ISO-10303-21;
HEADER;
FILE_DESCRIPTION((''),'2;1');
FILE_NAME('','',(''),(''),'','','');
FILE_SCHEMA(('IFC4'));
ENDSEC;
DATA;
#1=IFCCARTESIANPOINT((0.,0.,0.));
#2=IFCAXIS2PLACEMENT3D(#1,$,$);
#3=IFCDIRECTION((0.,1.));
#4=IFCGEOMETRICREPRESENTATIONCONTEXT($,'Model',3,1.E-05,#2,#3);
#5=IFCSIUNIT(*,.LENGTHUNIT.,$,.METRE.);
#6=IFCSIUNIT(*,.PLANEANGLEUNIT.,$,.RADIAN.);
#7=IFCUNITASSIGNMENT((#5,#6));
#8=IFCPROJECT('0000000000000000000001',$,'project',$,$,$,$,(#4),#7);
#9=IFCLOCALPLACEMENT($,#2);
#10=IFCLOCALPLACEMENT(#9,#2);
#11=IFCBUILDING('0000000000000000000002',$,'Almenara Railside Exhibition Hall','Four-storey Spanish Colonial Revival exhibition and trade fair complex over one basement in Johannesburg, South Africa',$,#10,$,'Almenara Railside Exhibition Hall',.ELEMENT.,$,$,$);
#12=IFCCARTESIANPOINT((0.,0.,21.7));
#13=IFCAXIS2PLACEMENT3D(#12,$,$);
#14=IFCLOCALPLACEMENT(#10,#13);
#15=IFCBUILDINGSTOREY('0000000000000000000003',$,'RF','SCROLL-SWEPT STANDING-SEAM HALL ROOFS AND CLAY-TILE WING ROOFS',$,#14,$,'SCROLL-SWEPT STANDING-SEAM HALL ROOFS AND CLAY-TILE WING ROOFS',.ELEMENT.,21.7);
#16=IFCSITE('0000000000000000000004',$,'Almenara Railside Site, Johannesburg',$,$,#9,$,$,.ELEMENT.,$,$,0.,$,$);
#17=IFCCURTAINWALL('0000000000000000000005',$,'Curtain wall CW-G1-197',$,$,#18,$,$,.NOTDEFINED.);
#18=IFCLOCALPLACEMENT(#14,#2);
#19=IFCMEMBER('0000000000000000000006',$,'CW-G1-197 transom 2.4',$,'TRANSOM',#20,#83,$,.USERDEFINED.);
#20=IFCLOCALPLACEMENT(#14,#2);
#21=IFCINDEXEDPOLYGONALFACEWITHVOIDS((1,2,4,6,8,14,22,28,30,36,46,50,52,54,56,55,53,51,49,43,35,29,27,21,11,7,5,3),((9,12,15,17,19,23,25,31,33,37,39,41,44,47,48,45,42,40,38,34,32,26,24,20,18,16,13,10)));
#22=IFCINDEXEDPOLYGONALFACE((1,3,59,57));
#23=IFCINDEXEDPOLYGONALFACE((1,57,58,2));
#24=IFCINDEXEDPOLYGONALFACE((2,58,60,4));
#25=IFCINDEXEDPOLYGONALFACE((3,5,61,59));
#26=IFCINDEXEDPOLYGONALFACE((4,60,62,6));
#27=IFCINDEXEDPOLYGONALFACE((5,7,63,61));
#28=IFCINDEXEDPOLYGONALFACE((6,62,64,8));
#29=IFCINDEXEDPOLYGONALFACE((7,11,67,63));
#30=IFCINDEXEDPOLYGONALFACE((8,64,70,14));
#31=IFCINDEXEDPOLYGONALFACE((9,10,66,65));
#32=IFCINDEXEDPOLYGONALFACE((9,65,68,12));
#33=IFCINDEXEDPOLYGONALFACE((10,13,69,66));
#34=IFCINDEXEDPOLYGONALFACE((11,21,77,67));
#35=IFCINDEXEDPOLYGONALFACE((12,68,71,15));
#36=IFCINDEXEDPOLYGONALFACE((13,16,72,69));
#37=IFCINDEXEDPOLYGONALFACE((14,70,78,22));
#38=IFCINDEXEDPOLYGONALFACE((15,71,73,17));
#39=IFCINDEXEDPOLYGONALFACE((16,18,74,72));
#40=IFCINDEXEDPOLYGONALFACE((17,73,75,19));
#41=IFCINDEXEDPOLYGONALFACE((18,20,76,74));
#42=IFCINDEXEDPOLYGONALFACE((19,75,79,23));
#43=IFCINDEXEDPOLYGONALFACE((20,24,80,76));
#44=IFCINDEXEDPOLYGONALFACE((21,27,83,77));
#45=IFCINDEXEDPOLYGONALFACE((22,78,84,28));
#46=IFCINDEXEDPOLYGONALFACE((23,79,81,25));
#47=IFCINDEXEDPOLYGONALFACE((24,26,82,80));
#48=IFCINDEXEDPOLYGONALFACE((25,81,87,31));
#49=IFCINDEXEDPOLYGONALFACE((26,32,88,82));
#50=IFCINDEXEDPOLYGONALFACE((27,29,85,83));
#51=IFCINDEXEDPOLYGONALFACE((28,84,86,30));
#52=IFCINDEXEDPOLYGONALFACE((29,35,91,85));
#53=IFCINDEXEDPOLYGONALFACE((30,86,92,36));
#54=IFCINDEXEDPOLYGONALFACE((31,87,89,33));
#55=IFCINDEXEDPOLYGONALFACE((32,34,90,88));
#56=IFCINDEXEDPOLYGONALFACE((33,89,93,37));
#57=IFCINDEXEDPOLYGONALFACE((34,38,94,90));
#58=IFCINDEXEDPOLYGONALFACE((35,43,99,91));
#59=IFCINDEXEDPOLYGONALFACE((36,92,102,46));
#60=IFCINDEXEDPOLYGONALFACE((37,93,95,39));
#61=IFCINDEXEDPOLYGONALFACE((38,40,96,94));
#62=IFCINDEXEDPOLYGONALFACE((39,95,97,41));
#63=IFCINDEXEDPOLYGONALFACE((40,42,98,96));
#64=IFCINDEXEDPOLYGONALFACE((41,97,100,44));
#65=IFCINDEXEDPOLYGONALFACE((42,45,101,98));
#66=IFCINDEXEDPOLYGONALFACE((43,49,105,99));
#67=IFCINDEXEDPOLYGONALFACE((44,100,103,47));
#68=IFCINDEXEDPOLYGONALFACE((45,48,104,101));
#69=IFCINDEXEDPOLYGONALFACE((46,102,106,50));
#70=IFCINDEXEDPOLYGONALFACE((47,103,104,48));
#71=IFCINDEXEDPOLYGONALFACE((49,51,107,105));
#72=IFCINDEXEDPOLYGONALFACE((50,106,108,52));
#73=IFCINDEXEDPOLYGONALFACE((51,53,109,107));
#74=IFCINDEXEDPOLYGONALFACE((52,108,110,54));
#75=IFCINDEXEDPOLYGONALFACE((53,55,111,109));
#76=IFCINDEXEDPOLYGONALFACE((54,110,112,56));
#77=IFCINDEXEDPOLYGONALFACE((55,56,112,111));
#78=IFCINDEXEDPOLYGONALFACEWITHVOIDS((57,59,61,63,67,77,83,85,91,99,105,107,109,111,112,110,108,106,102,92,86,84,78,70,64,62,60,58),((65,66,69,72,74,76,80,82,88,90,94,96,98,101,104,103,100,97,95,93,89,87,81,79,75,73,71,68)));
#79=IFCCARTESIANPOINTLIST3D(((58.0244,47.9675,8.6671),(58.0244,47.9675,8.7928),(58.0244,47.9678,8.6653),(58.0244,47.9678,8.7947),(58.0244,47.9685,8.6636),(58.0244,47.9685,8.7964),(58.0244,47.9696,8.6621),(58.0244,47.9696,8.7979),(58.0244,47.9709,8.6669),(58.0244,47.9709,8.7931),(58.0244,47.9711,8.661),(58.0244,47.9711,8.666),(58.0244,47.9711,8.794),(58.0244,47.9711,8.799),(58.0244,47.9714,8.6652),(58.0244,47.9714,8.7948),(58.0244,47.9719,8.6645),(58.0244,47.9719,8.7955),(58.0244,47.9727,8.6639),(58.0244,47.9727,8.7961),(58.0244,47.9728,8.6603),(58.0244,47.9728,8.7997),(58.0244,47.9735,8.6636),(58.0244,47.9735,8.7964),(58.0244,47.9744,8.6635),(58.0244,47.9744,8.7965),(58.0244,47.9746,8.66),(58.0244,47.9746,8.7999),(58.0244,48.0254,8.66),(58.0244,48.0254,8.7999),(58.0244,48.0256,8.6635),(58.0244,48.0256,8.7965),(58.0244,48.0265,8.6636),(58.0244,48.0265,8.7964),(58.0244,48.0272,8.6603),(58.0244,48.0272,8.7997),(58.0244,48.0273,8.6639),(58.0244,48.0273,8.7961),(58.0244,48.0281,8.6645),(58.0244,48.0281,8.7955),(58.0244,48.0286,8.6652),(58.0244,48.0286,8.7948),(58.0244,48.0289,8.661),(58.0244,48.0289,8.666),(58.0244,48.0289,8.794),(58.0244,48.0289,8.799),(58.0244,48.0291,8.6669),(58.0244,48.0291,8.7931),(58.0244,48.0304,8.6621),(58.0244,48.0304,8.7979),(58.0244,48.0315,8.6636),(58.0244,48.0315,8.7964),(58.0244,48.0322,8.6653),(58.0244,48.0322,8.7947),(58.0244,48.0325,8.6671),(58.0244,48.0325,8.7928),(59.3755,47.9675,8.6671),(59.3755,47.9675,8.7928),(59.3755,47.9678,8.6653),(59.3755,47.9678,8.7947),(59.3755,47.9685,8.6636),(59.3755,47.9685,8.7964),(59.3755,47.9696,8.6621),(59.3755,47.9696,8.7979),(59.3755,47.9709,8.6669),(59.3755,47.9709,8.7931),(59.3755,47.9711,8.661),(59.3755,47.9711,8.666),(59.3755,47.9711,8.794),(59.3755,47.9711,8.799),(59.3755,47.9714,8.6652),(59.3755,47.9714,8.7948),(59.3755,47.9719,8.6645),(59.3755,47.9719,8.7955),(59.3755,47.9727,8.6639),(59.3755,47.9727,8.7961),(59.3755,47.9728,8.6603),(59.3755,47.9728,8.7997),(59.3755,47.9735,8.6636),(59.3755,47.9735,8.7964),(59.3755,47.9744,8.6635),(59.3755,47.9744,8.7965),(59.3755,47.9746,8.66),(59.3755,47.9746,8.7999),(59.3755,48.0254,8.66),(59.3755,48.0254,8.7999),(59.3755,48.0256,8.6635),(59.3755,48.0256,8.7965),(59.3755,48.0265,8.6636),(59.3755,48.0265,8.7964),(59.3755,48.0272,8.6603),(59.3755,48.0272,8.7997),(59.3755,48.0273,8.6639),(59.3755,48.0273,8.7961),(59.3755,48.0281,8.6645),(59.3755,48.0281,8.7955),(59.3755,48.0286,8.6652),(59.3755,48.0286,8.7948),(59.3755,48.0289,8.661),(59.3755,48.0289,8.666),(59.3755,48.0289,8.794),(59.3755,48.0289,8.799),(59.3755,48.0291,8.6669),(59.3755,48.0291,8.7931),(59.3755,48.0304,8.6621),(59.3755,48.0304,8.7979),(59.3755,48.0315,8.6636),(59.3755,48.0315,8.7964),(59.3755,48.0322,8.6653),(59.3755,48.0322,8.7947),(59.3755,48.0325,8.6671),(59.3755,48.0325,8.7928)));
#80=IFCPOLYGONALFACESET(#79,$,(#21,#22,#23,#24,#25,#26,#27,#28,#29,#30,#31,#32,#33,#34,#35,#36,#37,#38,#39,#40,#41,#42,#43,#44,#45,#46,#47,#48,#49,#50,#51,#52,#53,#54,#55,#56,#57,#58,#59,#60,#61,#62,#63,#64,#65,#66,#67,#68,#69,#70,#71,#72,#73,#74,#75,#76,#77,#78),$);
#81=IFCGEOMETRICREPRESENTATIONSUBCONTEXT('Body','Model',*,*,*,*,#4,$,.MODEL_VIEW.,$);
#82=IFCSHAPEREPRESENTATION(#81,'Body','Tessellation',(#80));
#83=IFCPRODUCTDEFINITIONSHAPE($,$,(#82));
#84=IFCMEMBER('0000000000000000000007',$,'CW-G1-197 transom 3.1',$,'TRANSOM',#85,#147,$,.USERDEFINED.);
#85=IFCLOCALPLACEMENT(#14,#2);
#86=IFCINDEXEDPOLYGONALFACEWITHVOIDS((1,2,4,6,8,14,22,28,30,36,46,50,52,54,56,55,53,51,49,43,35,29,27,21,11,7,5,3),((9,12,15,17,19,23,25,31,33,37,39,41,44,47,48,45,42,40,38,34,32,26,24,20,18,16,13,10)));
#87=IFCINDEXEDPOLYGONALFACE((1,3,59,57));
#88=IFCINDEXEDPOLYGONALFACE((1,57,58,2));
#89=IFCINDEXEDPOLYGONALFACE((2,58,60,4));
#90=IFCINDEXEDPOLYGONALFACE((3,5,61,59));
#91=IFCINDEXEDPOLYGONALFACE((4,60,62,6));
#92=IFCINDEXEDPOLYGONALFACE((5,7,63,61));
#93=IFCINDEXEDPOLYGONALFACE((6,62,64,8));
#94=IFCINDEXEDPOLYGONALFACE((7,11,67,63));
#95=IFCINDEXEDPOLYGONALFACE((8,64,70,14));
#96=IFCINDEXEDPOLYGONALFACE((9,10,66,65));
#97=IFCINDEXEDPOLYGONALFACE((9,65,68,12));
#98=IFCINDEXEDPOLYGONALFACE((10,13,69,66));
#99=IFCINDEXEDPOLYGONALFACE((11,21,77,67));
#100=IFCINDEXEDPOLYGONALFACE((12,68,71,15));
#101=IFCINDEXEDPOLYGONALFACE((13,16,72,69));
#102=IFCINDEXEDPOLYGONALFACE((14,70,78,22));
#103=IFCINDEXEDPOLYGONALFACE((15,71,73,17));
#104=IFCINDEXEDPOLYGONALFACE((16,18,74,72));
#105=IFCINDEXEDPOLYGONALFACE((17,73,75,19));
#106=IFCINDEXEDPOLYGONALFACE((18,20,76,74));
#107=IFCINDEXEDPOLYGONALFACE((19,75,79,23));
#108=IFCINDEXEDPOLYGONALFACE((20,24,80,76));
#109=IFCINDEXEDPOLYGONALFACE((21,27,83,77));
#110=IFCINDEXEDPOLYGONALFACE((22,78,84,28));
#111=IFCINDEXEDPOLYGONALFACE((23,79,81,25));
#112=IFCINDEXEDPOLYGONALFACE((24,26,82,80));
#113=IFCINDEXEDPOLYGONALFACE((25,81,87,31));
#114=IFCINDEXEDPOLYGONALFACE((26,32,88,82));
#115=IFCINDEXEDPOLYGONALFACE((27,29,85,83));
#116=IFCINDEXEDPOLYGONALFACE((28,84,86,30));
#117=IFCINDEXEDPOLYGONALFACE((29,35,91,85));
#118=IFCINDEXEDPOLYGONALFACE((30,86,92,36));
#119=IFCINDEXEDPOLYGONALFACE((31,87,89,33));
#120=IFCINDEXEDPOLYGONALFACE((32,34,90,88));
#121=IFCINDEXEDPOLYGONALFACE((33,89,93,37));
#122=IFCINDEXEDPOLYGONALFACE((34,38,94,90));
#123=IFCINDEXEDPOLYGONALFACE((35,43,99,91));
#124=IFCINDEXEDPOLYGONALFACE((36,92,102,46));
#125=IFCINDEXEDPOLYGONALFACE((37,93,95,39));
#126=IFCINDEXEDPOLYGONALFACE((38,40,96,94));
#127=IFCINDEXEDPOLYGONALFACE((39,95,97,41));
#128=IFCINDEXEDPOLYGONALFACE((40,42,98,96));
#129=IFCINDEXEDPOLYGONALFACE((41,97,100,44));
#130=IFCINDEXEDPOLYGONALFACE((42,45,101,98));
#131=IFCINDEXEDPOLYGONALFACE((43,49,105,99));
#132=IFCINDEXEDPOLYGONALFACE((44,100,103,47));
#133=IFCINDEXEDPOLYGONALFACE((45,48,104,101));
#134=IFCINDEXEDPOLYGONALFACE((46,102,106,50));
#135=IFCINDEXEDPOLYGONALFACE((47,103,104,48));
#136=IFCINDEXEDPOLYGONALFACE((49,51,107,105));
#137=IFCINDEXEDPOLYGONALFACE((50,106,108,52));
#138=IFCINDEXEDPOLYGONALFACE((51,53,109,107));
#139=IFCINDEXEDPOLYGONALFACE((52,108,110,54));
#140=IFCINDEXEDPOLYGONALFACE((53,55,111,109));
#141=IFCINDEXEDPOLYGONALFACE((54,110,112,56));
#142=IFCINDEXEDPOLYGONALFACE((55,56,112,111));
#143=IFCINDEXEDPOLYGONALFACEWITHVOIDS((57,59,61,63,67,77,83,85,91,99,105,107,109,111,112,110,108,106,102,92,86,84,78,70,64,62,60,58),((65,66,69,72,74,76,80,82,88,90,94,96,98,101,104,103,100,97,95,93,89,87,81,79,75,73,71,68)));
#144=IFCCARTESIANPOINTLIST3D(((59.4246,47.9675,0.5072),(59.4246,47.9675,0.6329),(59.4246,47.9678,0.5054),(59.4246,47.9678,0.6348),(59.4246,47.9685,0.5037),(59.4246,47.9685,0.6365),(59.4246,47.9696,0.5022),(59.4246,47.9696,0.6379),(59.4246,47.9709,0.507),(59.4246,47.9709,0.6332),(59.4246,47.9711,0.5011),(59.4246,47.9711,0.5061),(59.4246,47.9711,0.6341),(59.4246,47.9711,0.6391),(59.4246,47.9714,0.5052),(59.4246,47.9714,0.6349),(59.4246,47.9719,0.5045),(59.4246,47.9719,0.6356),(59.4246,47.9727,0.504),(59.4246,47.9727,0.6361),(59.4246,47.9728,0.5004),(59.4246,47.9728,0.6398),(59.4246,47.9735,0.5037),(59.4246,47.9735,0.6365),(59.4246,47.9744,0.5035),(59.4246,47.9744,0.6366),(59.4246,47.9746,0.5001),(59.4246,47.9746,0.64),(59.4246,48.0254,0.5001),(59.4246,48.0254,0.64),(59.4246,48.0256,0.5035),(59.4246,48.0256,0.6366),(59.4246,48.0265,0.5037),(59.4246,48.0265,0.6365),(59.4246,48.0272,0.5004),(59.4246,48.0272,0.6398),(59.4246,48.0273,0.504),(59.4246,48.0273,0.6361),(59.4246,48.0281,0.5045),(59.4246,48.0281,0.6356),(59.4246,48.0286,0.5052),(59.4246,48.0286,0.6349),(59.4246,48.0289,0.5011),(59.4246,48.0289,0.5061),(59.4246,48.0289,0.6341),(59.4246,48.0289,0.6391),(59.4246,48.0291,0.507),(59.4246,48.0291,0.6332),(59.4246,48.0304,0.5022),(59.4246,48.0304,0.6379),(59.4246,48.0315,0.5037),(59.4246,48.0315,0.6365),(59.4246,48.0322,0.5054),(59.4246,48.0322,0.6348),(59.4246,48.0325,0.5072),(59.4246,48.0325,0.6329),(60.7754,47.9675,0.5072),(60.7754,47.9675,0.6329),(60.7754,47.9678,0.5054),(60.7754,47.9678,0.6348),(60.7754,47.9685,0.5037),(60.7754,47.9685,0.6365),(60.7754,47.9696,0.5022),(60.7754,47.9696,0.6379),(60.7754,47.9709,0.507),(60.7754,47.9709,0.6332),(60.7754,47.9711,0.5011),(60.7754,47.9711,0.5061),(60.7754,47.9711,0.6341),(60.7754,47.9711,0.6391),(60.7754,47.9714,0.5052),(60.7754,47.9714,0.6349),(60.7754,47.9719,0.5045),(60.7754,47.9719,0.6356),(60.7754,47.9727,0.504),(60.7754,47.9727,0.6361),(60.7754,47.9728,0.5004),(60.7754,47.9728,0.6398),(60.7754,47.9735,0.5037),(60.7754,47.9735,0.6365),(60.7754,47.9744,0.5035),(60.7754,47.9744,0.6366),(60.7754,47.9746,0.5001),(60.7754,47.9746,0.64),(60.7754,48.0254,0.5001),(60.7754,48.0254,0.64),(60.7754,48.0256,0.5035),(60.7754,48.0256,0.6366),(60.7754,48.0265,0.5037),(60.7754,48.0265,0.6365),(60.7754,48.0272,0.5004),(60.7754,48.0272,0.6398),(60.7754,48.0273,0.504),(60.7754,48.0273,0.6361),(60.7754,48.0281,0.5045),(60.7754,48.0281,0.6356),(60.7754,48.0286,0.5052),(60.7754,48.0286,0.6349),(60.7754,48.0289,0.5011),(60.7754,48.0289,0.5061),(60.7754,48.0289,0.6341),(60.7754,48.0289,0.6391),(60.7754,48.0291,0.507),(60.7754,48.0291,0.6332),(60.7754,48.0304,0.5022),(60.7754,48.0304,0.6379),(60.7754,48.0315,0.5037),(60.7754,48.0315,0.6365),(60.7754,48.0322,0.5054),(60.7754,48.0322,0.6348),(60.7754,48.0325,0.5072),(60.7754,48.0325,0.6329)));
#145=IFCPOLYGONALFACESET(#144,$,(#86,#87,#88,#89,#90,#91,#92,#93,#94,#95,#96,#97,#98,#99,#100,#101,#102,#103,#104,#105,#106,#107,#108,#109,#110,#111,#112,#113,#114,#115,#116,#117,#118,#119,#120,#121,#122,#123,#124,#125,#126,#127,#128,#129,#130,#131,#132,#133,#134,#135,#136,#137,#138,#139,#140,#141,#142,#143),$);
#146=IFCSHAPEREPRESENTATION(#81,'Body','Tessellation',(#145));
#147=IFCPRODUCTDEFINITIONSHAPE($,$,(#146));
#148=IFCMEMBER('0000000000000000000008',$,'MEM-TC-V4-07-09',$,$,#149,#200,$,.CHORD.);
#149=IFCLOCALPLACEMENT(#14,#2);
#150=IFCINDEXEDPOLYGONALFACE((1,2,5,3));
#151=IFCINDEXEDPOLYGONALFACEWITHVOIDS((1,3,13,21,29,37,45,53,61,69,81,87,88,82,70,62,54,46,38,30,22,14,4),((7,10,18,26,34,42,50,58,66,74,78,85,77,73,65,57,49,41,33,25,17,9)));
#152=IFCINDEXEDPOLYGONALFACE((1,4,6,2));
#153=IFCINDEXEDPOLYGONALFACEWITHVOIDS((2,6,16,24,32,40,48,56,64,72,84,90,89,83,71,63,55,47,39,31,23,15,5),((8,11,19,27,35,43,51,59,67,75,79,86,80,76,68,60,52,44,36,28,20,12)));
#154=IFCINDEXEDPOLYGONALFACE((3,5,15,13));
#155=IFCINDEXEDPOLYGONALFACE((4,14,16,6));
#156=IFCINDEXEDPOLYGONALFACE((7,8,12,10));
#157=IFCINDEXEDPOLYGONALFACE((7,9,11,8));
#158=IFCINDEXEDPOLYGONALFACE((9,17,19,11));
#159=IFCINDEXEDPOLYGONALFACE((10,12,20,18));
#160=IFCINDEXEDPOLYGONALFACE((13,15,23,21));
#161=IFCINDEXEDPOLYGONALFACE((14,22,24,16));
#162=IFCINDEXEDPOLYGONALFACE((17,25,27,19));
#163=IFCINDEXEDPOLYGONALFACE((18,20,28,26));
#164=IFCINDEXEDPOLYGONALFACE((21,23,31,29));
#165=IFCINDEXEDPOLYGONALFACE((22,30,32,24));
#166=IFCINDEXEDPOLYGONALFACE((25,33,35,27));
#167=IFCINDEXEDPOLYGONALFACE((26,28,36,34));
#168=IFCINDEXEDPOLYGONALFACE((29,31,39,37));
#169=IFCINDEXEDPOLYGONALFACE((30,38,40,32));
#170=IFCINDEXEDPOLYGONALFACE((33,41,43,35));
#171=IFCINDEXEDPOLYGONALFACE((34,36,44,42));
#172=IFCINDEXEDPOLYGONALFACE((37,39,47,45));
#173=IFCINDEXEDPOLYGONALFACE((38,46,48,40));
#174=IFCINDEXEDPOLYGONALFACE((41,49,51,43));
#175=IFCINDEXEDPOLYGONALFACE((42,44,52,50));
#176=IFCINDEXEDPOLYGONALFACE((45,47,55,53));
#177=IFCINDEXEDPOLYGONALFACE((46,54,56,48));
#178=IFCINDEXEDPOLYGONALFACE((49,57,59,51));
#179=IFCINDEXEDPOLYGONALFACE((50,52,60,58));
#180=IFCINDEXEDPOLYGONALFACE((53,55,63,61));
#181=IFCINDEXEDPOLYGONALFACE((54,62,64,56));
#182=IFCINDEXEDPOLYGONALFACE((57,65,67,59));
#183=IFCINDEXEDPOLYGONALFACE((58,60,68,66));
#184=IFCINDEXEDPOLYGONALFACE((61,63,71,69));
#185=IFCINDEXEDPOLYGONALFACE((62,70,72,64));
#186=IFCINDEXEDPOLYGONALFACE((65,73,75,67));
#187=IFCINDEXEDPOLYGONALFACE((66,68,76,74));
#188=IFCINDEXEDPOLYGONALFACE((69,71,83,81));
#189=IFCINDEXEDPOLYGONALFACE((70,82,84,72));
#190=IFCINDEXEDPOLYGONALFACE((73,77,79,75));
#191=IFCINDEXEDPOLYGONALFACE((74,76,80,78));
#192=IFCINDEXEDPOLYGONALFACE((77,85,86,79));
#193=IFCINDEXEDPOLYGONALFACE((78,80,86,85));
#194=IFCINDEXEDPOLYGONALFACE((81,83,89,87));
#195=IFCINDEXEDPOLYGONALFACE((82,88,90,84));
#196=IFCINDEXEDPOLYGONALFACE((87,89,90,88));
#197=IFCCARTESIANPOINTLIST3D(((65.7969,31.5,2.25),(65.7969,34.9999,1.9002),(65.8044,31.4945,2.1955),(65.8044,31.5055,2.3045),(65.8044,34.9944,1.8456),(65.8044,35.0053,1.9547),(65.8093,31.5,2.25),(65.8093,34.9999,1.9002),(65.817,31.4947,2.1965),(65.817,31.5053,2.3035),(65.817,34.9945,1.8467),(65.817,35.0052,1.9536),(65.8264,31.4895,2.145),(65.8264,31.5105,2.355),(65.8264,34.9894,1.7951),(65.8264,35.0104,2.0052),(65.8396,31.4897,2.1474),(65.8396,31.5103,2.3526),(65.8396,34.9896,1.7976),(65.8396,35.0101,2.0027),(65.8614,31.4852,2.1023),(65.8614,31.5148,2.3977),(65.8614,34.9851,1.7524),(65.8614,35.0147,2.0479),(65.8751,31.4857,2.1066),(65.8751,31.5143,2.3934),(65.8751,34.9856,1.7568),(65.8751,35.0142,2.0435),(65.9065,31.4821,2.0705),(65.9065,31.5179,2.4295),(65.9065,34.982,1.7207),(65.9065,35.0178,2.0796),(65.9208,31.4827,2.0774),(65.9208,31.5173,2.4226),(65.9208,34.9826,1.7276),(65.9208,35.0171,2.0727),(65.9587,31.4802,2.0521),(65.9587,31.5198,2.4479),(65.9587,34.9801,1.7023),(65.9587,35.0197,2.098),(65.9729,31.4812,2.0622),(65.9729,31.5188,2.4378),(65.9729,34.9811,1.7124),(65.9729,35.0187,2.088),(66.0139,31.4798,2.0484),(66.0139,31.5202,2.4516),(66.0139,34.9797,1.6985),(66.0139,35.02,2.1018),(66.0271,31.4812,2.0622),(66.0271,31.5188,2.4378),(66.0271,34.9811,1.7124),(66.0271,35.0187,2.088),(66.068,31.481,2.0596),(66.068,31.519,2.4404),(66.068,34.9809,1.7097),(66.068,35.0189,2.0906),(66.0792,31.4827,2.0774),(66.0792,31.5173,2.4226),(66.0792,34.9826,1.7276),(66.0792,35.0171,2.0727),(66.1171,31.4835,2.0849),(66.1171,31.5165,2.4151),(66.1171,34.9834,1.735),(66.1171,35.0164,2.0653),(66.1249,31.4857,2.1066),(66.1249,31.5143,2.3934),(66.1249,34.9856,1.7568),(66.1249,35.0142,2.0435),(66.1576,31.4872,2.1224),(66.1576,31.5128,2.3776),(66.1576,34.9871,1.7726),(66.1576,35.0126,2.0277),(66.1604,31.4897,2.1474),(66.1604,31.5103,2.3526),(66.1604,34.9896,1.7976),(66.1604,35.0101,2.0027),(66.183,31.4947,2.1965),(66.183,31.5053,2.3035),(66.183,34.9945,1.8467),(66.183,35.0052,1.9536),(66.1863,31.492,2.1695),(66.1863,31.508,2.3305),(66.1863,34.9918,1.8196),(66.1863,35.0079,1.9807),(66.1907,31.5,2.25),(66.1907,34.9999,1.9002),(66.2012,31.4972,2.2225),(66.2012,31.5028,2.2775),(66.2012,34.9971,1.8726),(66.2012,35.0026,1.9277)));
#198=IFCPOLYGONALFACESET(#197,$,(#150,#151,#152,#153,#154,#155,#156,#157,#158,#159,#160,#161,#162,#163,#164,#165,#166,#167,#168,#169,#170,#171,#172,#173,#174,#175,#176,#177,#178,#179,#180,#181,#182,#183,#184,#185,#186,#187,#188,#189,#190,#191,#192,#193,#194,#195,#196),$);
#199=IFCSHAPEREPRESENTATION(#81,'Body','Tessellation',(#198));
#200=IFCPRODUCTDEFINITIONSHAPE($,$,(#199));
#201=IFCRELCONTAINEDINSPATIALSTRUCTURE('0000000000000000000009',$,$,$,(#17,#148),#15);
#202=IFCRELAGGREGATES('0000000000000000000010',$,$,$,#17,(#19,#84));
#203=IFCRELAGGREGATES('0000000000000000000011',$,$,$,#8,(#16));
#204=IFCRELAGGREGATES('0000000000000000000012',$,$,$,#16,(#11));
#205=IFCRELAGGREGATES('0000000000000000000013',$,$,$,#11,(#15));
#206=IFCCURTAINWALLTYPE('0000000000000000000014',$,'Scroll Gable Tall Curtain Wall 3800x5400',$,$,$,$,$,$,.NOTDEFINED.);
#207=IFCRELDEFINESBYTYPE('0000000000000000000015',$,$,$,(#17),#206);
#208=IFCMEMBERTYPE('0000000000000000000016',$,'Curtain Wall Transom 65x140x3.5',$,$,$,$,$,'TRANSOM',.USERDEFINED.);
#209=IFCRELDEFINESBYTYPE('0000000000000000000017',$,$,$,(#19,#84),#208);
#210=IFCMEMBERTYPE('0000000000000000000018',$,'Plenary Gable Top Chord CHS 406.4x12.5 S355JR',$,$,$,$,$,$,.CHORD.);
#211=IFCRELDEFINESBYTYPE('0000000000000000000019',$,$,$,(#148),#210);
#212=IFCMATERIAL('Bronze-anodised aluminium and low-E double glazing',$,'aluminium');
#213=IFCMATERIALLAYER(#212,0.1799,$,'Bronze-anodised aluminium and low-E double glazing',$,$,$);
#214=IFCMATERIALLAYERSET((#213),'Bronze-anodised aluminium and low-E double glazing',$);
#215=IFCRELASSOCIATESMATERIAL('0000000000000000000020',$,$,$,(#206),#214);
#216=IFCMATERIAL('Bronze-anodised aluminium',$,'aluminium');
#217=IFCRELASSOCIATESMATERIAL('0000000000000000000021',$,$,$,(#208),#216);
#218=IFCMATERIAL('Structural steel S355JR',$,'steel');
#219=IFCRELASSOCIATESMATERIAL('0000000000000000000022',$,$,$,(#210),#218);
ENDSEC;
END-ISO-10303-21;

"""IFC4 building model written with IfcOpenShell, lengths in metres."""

from ifc_helpers import new_model, si_unit, direction, frame, origin, origin_2d, place, context, subcontext, project, spatial, hollow_rectangle, hollow_circle, extrude, material, layer, layer_set, material_profile, profile_set, type_object, element, aggregate, save


model = new_model("IFC4")

# Units and contexts
model_context = context("Model", 3, precision=1e-05, world=origin(), true_north=direction((0.0, 1.0)))
body_context = subcontext(model_context, "Body", "Model", "MODEL_VIEW")
ifc_project = project(units=[si_unit("LENGTHUNIT", "METRE"), si_unit("PLANEANGLEUNIT", "RADIAN")], contexts=[model_context])

# Site, building, storey
site_placement = place(None, origin())
site = spatial("IfcSite", under=ifc_project, at=site_placement, Name="Almenara Railside Site, Johannesburg", CompositionType="ELEMENT", RefElevation=0.0)
building_placement = place(site_placement, origin())
building = spatial("IfcBuilding", under=site, at=building_placement, Name="Almenara Railside Exhibition Hall", Description="Four-storey Spanish Colonial Revival exhibition and trade fair complex over one basement in Johannesburg, South Africa", LongName="Almenara Railside Exhibition Hall", CompositionType="ELEMENT")
storey_placement = place(building_placement, frame((0.0, 0.0, 21.7)))
storey = spatial("IfcBuildingStorey", under=building, at=storey_placement, Name="RF", Description="SCROLL-SWEPT STANDING-SEAM HALL ROOFS AND CLAY-TILE WING ROOFS", LongName="SCROLL-SWEPT STANDING-SEAM HALL ROOFS AND CLAY-TILE WING ROOFS", CompositionType="ELEMENT", Elevation=21.7)

# Shared definitions
ifc_material_1 = material(Name="Structural steel S355JR", Category="steel")

# Curtain wall, members
ifc_material_2 = material(Name="Bronze-anodised aluminium and low-E double glazing", Category="aluminium")
ifc_layer_1 = layer(ifc_material_2, 0.1799, Name="Bronze-anodised aluminium and low-E double glazing")
ifc_layer_set_1 = layer_set([ifc_layer_1], Name="Bronze-anodised aluminium and low-E double glazing")
curtain_wall_type = type_object("IfcCurtainWallType", Name="Scroll Gable Tall Curtain Wall 3800x5400", PredefinedType="NOTDEFINED", material=ifc_layer_set_1)
curtain_wall_placement = place(storey_placement, origin())
curtain_wall = element("IfcCurtainWall", 1, at=curtain_wall_placement, inside=storey, type_object=curtain_wall_type, Name="Curtain wall CW-G1-197", PredefinedType="NOTDEFINED")
ifc_material_3 = material(Name="Bronze-anodised aluminium", Category="aluminium")
ifc_material_profile_1 = material_profile(ifc_material_3, hollow_rectangle(XDim=0.0649, YDim=0.1399, WallThickness=0.0034, InnerFilletRadius=0.0034, OuterFilletRadius=0.0071, at=origin_2d()), Name="ALU-TRN 65x140x3.5")
ifc_profile_set_1 = profile_set([ifc_material_profile_1], Name="Bronze-anodised aluminium")
member_type_1 = type_object("IfcMemberType", Name="Curtain Wall Transom 65x140x3.5", ElementType="TRANSOM", PredefinedType="USERDEFINED", material=ifc_profile_set_1)
member_1_placement = place(storey_placement, frame((58.0244, 48.0, 8.73), z_axis=(1.0, 0.0, 0.0), x_axis=(0.0, 1.0, 0.0)))
member_1 = element("IfcMember", 2, at=member_1_placement, type_object=member_type_1, Name="CW-G1-197 transom 2.4", ObjectType="TRANSOM", PredefinedType="USERDEFINED", context=body_context, shape_type="SweptSolid", body=[
    extrude(hollow_rectangle(XDim=0.0649, YDim=0.1399, WallThickness=0.0034, InnerFilletRadius=0.0034, OuterFilletRadius=0.0071, at=origin_2d()), origin(), (0.0, 0.0, 1.0), 1.3511),
])
member_2_placement = place(storey_placement, frame((59.4246, 48.0, 0.5701), z_axis=(1.0, 0.0, 0.0), x_axis=(0.0, 1.0, 0.0)))
member_2 = element("IfcMember", 3, at=member_2_placement, type_object=member_type_1, Name="CW-G1-197 transom 3.1", ObjectType="TRANSOM", PredefinedType="USERDEFINED", context=body_context, shape_type="SweptSolid", body=[
    extrude(hollow_rectangle(XDim=0.0649, YDim=0.1399, WallThickness=0.0034, InnerFilletRadius=0.0034, OuterFilletRadius=0.0071, at=origin_2d()), origin(), (0.0, 0.0, 1.0), 1.3508),
])

# Member
ifc_material_profile_2 = material_profile(ifc_material_1, hollow_circle(Radius=0.2031, WallThickness=0.0125, at=origin_2d()), Name="CHS 406.4x12.5")
ifc_profile_set_2 = profile_set([ifc_material_profile_2], Name="Structural steel S355JR")
member_type_2 = type_object("IfcMemberType", Name="Plenary Gable Top Chord CHS 406.4x12.5 S355JR", PredefinedType="CHORD", material=ifc_profile_set_2)
member_3_placement = place(storey_placement, frame((66.0, 31.5, 2.25), z_axis=(0.0, 0.995041, -0.099462), x_axis=(-1.0, 0.0, 0.0)))
element("IfcMember", 4, at=member_3_placement, inside=storey, type_object=member_type_2, Name="MEM-TC-V4-07-09", PredefinedType="CHORD", context=body_context, shape_type="SweptSolid", body=[
    extrude(hollow_circle(Radius=0.2031, WallThickness=0.0125, at=origin_2d()), origin(), (0.0, 0.0, 1.0), 3.5173),
])

aggregate(curtain_wall, [member_1, member_2])

save(model, "model.ifc")
